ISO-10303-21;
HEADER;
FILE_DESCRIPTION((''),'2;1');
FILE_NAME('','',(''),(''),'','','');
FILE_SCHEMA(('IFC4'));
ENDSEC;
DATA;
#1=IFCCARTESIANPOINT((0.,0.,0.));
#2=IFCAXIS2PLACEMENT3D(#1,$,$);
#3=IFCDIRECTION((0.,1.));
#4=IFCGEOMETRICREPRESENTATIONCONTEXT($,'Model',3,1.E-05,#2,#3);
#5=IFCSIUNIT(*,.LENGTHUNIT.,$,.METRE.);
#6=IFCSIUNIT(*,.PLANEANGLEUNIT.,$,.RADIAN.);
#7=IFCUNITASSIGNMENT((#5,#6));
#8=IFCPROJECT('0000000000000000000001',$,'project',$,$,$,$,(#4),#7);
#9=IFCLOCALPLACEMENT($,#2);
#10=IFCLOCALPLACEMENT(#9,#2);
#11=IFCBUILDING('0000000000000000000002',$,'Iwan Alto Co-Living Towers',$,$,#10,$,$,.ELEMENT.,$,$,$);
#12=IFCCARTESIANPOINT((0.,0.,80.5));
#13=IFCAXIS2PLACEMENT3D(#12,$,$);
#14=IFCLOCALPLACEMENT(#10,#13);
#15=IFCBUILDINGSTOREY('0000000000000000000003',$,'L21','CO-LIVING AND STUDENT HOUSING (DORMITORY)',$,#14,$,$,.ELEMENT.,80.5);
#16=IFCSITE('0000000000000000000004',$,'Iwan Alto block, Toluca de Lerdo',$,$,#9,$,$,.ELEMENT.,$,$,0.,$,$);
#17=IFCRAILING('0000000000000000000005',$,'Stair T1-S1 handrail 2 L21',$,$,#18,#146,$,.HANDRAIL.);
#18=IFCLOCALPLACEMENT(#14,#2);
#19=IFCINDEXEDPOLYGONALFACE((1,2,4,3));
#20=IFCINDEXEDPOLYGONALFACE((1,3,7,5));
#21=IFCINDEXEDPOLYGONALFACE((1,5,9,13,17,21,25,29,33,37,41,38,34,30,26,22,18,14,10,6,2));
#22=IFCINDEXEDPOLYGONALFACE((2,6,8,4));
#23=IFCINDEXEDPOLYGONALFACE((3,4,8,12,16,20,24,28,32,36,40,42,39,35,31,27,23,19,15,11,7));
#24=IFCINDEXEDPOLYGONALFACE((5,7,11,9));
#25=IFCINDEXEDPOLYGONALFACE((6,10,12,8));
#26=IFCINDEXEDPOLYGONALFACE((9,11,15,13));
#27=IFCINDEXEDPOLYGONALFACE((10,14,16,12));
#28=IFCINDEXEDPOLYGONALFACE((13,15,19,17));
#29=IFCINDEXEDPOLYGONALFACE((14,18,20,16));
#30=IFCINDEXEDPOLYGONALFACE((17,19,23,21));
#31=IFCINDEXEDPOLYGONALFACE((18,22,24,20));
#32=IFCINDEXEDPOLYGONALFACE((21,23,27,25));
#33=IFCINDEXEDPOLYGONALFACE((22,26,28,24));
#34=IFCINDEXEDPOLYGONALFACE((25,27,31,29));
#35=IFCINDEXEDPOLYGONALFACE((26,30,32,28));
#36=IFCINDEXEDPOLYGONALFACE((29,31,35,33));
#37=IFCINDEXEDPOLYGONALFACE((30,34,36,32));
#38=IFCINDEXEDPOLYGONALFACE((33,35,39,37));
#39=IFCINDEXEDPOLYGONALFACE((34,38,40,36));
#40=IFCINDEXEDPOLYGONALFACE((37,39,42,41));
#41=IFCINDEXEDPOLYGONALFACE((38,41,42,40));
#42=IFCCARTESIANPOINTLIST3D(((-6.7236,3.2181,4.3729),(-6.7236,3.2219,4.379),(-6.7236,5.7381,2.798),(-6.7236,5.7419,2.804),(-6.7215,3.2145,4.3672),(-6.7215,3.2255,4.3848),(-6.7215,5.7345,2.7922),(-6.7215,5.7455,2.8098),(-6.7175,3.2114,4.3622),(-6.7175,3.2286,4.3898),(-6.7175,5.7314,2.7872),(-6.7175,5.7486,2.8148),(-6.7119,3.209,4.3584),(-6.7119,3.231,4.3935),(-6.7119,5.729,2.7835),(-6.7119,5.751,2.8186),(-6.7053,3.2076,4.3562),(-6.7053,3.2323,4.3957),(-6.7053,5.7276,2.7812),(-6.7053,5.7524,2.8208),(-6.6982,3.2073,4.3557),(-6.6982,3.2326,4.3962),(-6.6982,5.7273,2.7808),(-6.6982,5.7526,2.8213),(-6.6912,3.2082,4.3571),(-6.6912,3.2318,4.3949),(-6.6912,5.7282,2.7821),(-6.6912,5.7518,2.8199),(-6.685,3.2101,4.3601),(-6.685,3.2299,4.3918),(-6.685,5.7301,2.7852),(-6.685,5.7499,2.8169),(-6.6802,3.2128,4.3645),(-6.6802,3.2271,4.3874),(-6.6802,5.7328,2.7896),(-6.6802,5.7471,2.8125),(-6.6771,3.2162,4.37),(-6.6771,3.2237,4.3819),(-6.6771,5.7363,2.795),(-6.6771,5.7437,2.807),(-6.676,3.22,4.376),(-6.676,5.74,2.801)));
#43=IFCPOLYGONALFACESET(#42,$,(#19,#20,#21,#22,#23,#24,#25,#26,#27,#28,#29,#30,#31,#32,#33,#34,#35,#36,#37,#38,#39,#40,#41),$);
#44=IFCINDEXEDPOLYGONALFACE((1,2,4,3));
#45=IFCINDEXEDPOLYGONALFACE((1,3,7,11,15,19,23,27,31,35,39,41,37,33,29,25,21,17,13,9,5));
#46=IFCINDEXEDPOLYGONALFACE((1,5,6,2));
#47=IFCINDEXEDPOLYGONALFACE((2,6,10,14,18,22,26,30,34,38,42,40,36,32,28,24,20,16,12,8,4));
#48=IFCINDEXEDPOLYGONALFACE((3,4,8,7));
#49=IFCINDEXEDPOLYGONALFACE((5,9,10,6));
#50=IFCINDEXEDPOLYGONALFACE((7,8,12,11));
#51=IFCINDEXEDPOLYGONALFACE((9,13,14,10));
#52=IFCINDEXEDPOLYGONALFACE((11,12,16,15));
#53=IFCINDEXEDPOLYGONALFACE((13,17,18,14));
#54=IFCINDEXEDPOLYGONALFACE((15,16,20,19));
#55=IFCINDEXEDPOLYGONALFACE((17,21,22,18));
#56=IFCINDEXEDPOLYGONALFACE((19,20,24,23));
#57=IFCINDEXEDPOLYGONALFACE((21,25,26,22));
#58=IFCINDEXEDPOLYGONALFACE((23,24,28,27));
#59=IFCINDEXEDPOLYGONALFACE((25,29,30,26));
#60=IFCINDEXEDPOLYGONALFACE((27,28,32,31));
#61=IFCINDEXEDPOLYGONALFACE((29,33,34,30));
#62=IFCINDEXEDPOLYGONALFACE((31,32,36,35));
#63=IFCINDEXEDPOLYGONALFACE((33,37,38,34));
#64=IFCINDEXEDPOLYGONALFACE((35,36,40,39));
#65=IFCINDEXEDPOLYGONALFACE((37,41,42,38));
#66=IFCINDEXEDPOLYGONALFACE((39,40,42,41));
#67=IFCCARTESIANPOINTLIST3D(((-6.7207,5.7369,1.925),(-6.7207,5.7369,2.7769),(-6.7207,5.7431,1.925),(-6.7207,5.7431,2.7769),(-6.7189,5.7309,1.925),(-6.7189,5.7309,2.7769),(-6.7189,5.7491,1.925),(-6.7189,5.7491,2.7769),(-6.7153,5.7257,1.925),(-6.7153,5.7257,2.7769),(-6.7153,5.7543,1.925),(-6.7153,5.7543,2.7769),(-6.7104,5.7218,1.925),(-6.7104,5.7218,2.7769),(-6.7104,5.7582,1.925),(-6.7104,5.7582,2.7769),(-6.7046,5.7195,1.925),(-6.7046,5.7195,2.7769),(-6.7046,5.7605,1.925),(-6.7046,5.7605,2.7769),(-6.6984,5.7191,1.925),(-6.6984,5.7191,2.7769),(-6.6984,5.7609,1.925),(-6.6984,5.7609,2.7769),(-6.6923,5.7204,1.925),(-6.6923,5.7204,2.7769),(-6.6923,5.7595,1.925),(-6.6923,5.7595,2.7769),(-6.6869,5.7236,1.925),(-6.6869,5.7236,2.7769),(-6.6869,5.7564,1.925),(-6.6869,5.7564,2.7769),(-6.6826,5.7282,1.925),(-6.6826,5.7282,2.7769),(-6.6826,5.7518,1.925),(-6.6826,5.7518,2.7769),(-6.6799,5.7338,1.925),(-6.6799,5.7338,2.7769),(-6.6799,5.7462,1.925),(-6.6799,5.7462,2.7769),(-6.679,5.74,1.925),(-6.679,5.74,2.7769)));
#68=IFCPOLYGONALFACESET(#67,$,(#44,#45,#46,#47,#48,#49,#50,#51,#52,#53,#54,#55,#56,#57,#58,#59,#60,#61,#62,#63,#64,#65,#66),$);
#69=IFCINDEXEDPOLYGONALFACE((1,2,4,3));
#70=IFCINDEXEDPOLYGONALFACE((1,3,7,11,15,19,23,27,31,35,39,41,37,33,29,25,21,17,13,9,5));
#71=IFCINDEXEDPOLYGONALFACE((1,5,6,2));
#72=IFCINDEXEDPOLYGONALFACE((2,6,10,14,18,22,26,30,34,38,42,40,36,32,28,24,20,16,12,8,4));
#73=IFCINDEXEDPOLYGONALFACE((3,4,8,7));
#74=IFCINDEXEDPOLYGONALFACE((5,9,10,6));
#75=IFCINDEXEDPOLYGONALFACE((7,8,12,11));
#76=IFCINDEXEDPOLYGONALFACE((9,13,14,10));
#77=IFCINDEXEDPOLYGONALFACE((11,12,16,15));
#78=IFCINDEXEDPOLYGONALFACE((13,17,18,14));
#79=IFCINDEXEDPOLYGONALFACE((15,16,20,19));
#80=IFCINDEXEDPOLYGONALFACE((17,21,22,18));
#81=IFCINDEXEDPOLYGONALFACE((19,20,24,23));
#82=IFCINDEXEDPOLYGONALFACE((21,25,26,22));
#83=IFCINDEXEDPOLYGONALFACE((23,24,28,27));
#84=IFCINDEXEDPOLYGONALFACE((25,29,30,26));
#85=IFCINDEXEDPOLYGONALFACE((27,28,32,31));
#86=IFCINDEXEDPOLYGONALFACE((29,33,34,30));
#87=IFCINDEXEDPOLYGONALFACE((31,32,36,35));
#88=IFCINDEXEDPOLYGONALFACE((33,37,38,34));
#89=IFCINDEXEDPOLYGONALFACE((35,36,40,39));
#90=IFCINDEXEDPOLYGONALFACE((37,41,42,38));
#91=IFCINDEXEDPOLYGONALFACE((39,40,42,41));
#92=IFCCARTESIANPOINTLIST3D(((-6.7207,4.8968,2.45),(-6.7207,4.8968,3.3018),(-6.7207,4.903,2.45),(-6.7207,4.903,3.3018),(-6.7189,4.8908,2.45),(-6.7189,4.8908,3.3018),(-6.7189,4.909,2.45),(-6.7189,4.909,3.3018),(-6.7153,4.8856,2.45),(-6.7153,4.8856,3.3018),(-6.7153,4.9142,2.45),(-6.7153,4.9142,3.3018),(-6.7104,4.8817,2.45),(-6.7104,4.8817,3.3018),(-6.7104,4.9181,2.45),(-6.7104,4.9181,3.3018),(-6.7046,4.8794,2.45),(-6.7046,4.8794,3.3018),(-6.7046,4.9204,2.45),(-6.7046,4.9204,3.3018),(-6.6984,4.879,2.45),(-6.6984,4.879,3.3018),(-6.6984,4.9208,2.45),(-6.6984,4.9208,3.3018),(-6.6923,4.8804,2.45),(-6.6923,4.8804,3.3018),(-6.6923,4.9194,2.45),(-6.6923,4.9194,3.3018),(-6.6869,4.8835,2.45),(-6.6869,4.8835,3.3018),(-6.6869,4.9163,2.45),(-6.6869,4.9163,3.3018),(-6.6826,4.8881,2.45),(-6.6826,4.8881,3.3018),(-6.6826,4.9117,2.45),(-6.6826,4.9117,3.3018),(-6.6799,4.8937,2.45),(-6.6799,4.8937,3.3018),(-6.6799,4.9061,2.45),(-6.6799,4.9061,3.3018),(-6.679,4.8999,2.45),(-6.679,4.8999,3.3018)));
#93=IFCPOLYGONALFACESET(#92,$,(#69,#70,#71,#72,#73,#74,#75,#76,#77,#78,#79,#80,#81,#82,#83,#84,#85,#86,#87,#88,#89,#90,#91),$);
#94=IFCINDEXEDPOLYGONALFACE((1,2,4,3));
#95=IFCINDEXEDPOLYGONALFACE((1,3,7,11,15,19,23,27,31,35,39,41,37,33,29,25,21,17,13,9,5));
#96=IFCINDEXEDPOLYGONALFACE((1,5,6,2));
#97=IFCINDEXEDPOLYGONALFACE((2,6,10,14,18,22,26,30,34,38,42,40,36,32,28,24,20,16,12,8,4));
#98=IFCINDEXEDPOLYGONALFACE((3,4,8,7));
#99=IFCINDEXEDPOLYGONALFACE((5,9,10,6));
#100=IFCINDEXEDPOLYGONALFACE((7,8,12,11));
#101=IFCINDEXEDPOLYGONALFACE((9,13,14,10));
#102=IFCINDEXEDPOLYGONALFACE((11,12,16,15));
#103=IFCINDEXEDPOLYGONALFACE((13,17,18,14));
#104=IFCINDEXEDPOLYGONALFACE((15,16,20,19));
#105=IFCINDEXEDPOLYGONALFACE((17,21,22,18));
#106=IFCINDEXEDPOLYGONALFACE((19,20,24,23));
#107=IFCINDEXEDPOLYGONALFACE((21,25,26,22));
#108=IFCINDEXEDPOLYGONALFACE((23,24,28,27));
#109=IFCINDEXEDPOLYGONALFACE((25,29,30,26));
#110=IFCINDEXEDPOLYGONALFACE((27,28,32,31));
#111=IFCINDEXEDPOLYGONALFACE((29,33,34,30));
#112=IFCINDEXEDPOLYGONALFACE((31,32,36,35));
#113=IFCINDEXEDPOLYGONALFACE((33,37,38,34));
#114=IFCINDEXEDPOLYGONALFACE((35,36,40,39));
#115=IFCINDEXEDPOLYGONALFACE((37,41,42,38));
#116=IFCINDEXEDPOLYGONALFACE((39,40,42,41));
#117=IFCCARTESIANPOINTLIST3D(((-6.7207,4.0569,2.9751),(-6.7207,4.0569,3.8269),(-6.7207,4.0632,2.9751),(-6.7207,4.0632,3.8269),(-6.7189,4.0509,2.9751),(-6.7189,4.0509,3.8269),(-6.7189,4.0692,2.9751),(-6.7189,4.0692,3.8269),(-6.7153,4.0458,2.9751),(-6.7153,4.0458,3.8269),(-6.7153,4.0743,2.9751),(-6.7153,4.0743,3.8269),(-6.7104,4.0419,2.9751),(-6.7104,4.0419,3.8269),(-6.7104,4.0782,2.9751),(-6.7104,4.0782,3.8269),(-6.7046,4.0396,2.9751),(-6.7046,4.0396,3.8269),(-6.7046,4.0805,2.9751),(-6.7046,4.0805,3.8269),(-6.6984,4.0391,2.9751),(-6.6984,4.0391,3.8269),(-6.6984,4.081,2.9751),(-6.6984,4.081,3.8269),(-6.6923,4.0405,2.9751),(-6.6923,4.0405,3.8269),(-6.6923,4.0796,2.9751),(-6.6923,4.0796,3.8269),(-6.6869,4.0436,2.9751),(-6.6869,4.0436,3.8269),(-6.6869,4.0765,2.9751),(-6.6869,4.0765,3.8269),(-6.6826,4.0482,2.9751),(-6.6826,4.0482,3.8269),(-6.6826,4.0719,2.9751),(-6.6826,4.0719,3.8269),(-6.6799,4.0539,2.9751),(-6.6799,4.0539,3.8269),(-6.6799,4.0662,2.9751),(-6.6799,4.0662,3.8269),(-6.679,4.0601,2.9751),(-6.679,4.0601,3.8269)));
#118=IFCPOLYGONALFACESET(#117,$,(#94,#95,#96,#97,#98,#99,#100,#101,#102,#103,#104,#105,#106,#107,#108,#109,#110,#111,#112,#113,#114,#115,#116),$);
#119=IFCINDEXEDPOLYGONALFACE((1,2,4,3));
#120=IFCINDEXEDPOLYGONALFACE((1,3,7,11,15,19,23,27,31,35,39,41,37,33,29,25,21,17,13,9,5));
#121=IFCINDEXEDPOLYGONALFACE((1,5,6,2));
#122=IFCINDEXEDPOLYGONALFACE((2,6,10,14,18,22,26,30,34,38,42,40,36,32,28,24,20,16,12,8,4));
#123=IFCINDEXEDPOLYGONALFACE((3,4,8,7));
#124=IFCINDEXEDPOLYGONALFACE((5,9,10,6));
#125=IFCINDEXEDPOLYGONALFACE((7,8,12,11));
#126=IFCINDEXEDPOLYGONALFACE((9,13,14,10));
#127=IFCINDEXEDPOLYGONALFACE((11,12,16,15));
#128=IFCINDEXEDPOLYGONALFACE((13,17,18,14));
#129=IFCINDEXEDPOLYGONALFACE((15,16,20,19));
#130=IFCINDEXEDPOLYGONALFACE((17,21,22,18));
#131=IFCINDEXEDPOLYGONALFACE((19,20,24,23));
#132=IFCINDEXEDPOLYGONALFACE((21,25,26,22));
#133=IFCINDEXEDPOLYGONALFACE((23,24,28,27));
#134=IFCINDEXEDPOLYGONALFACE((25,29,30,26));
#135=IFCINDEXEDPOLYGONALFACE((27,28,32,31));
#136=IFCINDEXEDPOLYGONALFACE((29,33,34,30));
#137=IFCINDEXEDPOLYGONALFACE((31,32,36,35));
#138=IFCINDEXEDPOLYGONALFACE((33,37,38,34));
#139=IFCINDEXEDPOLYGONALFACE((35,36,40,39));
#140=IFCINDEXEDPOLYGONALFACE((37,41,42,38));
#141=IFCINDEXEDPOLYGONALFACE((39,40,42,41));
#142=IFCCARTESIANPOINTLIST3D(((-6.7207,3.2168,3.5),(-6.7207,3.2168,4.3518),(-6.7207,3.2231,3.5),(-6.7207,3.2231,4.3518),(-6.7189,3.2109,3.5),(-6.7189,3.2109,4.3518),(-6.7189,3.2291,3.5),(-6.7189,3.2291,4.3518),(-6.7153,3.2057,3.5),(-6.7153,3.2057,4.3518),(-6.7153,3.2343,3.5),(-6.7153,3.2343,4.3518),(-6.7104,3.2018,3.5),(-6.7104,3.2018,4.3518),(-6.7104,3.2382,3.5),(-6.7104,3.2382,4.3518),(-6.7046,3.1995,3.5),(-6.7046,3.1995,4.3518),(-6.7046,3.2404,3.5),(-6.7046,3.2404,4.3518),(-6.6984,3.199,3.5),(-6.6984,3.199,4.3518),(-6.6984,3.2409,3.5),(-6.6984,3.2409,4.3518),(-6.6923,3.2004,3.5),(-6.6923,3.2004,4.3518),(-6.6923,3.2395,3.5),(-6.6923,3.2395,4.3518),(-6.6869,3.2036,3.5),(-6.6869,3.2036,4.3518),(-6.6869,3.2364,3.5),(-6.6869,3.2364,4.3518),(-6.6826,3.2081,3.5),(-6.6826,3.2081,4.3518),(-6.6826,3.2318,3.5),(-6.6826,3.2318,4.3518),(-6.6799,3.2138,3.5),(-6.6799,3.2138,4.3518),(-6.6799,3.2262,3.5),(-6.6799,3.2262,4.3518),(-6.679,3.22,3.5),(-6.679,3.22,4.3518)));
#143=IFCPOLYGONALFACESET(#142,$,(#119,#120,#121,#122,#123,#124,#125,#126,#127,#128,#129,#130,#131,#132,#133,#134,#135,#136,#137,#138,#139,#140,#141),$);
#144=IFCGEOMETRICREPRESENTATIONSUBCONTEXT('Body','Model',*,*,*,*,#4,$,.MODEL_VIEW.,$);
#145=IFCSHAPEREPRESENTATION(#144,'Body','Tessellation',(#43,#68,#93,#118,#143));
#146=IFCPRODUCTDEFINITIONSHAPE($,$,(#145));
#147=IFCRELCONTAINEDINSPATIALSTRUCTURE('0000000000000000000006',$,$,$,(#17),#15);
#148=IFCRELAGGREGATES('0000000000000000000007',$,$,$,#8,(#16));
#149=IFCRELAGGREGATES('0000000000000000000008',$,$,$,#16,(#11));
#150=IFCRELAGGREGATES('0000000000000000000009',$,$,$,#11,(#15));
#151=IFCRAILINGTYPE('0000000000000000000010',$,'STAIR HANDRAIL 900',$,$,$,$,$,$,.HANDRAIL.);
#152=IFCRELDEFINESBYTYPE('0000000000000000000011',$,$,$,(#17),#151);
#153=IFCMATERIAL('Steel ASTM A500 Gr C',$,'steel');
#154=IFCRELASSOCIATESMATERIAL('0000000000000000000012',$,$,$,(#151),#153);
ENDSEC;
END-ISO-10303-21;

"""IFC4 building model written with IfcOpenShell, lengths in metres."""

from ifc_helpers import new_model, si_unit, direction, frame, origin, origin_2d, place, context, subcontext, project, spatial, circle, extrude, material, type_object, element, save


model = new_model("IFC4")

# Units and contexts
model_context = context("Model", 3, precision=1e-05, world=origin(), true_north=direction((0.0, 1.0)))
body_context = subcontext(model_context, "Body", "Model", "MODEL_VIEW")
ifc_project = project(units=[si_unit("LENGTHUNIT", "METRE"), si_unit("PLANEANGLEUNIT", "RADIAN")], contexts=[model_context])

# Site, building, storey
site_placement = place(None, origin())
site = spatial("IfcSite", under=ifc_project, at=site_placement, Name="Iwan Alto block, Toluca de Lerdo", CompositionType="ELEMENT", RefElevation=0.0)
building_placement = place(site_placement, origin())
building = spatial("IfcBuilding", under=site, at=building_placement, Name="Iwan Alto Co-Living Towers", CompositionType="ELEMENT")
storey_placement = place(building_placement, frame((0.0, 0.0, 80.5)))
storey = spatial("IfcBuildingStorey", under=building, at=storey_placement, Name="L21", Description="CO-LIVING AND STUDENT HOUSING (DORMITORY)", CompositionType="ELEMENT", Elevation=80.5)

# Railing
ifc_material_1 = material(Name="Steel ASTM A500 Gr C", Category="steel")
railing_type_1 = type_object("IfcRailingType", Name="STAIR HANDRAIL 900", PredefinedType="HANDRAIL", material=ifc_material_1)
railing_1_placement = place(storey_placement, frame((-6.7, 5.74, 1.925)))
element("IfcRailing", 1, at=railing_1_placement, inside=storey, type_object=railing_type_1, Name="Stair T1-S1 handrail 2 L21", PredefinedType="HANDRAIL", context=body_context, shape_type="SweptSolid", body=[
    extrude(circle(Radius=0.0239, at=origin_2d()), frame((0.0, 0.0, 0.876), z_axis=(0.0, -0.848008, 0.529984), x_axis=(1.0, 0.0, 0.0)), (0.0, 0.0, 1.0), 2.9717),
    extrude(circle(Radius=0.021, at=origin_2d()), origin(), (0.0, 0.0, 1.0), 0.8518),
    extrude(circle(Radius=0.021, at=origin_2d()), frame((0.0, -0.8401, 0.5249)), (0.0, 0.0, 1.0), 0.8518),
    extrude(circle(Radius=0.021, at=origin_2d()), frame((0.0, -1.6799, 1.05)), (0.0, 0.0, 1.0), 0.8518),
    extrude(circle(Radius=0.021, at=origin_2d()), frame((0.0, -2.52, 1.575)), (0.0, 0.0, 1.0), 0.8518),
])

save(model, "model.ifc")
